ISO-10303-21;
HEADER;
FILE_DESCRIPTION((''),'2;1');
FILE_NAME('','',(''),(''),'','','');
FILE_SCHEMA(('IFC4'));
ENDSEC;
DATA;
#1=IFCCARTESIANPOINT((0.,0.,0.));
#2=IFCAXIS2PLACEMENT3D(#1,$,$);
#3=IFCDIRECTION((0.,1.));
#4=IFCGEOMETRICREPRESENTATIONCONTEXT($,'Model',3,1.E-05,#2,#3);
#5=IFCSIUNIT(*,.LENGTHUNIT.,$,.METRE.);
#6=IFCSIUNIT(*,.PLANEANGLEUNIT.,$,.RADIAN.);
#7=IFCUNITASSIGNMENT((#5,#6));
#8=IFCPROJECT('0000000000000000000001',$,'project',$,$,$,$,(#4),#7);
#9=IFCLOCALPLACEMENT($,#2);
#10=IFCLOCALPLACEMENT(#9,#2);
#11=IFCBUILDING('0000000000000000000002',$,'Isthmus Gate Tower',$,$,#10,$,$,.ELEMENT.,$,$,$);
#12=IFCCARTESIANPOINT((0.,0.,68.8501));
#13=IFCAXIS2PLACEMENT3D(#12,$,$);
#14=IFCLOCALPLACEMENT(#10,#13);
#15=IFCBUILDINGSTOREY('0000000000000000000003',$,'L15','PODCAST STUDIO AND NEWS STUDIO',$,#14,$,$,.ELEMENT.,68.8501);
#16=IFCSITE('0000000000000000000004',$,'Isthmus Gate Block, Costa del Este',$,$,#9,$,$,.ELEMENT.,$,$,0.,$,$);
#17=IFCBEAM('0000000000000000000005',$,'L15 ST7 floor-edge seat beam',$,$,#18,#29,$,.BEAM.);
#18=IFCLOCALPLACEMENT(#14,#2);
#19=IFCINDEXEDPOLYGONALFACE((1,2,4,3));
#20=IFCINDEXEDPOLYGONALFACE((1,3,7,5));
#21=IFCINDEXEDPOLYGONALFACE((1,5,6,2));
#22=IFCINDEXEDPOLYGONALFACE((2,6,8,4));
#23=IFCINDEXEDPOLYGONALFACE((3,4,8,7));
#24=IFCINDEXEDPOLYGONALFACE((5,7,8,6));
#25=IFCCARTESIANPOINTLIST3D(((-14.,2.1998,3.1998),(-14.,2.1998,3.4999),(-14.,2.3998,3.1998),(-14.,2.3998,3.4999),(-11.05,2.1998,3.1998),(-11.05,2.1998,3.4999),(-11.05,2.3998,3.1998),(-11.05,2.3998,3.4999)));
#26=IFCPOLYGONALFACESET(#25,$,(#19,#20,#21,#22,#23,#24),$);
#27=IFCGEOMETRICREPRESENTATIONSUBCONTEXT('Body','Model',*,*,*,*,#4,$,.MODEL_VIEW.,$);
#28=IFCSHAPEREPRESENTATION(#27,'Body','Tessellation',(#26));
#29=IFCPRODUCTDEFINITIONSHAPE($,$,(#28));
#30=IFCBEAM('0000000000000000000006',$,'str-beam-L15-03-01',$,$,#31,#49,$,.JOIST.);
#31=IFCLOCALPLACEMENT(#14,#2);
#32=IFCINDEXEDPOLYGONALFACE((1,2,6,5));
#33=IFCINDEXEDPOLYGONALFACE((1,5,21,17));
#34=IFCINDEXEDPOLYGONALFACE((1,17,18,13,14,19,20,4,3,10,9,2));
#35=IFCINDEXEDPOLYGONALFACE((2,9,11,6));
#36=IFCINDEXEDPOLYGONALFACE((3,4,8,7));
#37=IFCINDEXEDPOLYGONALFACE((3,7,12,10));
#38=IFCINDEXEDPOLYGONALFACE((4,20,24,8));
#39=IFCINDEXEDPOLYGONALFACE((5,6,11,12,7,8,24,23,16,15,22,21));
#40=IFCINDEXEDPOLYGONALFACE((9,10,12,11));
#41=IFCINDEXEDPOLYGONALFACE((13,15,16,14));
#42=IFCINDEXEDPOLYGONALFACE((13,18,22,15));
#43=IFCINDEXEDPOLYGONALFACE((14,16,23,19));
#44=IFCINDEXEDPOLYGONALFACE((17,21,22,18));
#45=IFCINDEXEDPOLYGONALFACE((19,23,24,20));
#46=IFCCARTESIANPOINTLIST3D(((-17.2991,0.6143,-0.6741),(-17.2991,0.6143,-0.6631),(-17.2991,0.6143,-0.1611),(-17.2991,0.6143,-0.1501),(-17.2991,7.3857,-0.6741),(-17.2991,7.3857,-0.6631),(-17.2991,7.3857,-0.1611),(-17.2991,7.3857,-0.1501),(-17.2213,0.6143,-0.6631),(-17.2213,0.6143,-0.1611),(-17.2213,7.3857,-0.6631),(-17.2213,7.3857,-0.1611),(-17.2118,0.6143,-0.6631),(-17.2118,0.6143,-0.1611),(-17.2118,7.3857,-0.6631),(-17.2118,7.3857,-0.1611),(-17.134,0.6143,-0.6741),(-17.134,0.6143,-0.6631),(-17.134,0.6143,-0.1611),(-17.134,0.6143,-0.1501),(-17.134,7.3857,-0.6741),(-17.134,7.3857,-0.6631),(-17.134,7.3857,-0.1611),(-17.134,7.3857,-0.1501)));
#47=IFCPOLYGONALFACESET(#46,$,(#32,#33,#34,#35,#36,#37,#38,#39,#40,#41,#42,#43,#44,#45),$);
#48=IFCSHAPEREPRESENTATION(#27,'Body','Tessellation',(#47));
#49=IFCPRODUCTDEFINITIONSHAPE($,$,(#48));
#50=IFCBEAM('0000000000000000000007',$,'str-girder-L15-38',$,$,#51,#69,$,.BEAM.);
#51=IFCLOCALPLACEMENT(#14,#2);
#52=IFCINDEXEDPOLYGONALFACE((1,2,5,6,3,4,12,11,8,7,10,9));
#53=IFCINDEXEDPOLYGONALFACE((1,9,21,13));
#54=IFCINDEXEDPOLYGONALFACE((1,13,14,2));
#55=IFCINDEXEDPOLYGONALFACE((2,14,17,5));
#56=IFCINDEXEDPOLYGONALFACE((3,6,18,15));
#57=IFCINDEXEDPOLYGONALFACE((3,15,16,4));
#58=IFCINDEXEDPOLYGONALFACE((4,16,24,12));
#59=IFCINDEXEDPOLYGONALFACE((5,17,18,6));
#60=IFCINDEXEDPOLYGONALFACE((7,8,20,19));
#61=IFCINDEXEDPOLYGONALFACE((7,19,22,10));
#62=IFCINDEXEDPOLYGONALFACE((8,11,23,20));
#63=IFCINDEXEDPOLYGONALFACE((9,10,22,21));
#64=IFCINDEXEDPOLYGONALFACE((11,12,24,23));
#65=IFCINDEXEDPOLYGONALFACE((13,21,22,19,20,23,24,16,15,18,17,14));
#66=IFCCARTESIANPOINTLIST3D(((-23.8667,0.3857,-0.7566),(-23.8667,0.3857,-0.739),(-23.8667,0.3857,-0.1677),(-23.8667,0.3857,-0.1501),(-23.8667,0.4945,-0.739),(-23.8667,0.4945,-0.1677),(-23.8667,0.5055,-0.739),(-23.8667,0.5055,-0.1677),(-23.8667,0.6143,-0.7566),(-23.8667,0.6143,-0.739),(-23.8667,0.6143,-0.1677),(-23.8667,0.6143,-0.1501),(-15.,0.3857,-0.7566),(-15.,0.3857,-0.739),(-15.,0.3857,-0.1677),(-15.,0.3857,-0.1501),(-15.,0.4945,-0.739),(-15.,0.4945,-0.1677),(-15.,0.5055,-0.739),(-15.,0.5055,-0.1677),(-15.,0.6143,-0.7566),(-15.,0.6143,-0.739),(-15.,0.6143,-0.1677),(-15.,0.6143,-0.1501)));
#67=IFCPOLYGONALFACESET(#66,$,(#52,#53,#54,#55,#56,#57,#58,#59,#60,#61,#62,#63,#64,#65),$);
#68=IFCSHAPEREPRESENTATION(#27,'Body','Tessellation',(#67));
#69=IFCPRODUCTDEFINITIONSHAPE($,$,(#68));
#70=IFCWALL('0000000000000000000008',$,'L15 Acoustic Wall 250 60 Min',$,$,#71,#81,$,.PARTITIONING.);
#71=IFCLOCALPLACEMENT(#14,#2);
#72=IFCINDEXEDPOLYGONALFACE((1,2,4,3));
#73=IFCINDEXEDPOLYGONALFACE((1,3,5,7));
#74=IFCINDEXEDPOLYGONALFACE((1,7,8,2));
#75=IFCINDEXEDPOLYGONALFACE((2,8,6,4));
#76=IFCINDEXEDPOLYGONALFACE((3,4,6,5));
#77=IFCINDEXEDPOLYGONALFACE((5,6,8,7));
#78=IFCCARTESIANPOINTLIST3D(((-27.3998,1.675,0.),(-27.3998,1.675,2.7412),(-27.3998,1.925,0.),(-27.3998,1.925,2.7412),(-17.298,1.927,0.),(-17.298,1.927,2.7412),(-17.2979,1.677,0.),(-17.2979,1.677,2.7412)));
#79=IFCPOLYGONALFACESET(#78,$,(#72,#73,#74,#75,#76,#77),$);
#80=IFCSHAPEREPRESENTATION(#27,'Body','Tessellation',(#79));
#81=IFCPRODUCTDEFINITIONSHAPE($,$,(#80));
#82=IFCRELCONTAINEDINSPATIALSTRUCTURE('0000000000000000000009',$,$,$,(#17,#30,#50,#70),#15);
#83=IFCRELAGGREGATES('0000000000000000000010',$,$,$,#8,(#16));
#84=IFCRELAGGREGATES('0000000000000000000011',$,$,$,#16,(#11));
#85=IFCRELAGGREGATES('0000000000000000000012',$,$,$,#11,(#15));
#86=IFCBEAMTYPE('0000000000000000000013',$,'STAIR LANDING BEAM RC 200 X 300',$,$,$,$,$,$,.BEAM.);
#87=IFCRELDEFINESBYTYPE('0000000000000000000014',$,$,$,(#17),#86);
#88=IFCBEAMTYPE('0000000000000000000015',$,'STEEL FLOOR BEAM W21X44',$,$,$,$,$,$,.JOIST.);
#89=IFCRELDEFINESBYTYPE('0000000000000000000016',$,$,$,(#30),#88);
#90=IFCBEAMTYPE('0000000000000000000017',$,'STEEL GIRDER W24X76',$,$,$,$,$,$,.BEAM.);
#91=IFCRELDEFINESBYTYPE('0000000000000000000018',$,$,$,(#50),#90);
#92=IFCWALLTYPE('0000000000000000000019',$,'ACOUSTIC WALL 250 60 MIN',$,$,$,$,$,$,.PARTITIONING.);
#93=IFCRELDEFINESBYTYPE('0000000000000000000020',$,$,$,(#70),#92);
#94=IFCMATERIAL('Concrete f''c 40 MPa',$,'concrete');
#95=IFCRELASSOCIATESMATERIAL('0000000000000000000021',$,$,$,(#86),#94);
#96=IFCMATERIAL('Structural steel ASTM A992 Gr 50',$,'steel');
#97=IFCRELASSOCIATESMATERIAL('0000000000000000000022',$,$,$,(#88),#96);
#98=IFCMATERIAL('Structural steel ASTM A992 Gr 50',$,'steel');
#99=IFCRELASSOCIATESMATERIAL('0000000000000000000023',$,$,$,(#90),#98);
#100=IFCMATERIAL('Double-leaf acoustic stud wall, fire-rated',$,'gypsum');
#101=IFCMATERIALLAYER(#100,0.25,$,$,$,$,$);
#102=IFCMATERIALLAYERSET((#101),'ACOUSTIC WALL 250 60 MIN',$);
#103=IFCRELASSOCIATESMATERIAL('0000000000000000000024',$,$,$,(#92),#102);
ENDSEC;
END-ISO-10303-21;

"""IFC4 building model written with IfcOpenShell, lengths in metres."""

from ifc_helpers import new_model, si_unit, direction, frame, frame_2d, origin, origin_2d, place, context, subcontext, project, spatial, rectangle, i_section, extrude, material, layer, layer_set, material_profile, profile_set, type_object, element, save


model = new_model("IFC4")

# Units and contexts
model_context = context("Model", 3, precision=1e-05, world=origin(), true_north=direction((0.0, 1.0)))
body_context = subcontext(model_context, "Body", "Model", "MODEL_VIEW")
ifc_project = project(units=[si_unit("LENGTHUNIT", "METRE"), si_unit("PLANEANGLEUNIT", "RADIAN")], contexts=[model_context])

# Site, building, storey
site_placement = place(None, origin())
site = spatial("IfcSite", under=ifc_project, at=site_placement, Name="Isthmus Gate Block, Costa del Este", CompositionType="ELEMENT", RefElevation=0.0)
building_placement = place(site_placement, origin())
building = spatial("IfcBuilding", under=site, at=building_placement, Name="Isthmus Gate Tower", CompositionType="ELEMENT")
storey_placement = place(building_placement, frame((0.0, 0.0, 68.8501)))
storey = spatial("IfcBuildingStorey", under=building, at=storey_placement, Name="L15", Description="PODCAST STUDIO AND NEWS STUDIO", CompositionType="ELEMENT", Elevation=68.8501)

# Beams
ifc_material_1 = material(Name="Concrete f'c 40 MPa", Category="concrete")
ifc_material_profile_1 = material_profile(ifc_material_1, rectangle(XDim=0.2, YDim=0.3, at=origin_2d()), Name="STAIR LANDING BEAM RC 200 X 300")
ifc_profile_set_1 = profile_set([ifc_material_profile_1], Name="Concrete f'c 40 MPa")
beam_type_1 = type_object("IfcBeamType", Name="STAIR LANDING BEAM RC 200 X 300", PredefinedType="BEAM", material=ifc_profile_set_1)
beam_1_placement = place(storey_placement, frame((-14.0, 2.2998, 3.3499), z_axis=(1.0, 0.0, 0.0), x_axis=(0.0, 1.0, 0.0)))
element("IfcBeam", 1, at=beam_1_placement, inside=storey, type_object=beam_type_1, Name="L15 ST7 floor-edge seat beam", PredefinedType="BEAM", context=body_context, shape_type="SweptSolid", body=[
    extrude(rectangle(XDim=0.2, YDim=0.3, at=origin_2d()), origin(), (0.0, 0.0, 1.0), 2.95),
])
ifc_material_2 = material(Name="Structural steel ASTM A992 Gr 50", Category="steel")
ifc_material_profile_2 = material_profile(ifc_material_2, i_section(OverallWidth=0.165, OverallDepth=0.5239, WebThickness=0.0095, FlangeThickness=0.011, at=origin_2d()), Name="W21X44")
ifc_profile_set_2 = profile_set([ifc_material_profile_2], Name="Structural steel ASTM A992 Gr 50")
beam_type_2 = type_object("IfcBeamType", Name="STEEL FLOOR BEAM W21X44", PredefinedType="JOIST", material=ifc_profile_set_2)
beam_2_placement = place(storey_placement, frame((-17.2166, 0.6143, -0.4121), z_axis=(0.0, 1.0, 0.0), x_axis=(-1.0, 0.0, 0.0)))
element("IfcBeam", 2, at=beam_2_placement, inside=storey, type_object=beam_type_2, Name="str-beam-L15-03-01", PredefinedType="JOIST", context=body_context, shape_type="SweptSolid", body=[
    extrude(i_section(OverallWidth=0.165, OverallDepth=0.5239, WebThickness=0.0095, FlangeThickness=0.011, at=origin_2d()), origin(), (0.0, 0.0, 1.0), 6.7715),
])
ifc_material_3 = material(Name="Structural steel ASTM A992 Gr 50", Category="steel")
ifc_material_profile_3 = material_profile(ifc_material_3, i_section(OverallWidth=0.2285, OverallDepth=0.6064, WebThickness=0.011, FlangeThickness=0.0176, at=origin_2d()), Name="W24X76")
ifc_profile_set_3 = profile_set([ifc_material_profile_3], Name="Structural steel ASTM A992 Gr 50")
beam_type_3 = type_object("IfcBeamType", Name="STEEL GIRDER W24X76", PredefinedType="BEAM", material=ifc_profile_set_3)
beam_3_placement = place(storey_placement, frame((-15.0, 0.5, -0.4534), z_axis=(-1.0, 0.0, 0.0), x_axis=(0.0, -1.0, 0.0)))
element("IfcBeam", 3, at=beam_3_placement, inside=storey, type_object=beam_type_3, Name="str-girder-L15-38", PredefinedType="BEAM", context=body_context, shape_type="SweptSolid", body=[
    extrude(i_section(OverallWidth=0.2285, OverallDepth=0.6064, WebThickness=0.011, FlangeThickness=0.0176, at=origin_2d()), origin(), (0.0, 0.0, 1.0), 8.8667),
])

# Wall
ifc_material_4 = material(Name="Double-leaf acoustic stud wall, fire-rated", Category="gypsum")
ifc_layer_1 = layer(ifc_material_4, 0.25)
ifc_layer_set_1 = layer_set([ifc_layer_1], Name="ACOUSTIC WALL 250 60 MIN")
wall_type_1 = type_object("IfcWallType", Name="ACOUSTIC WALL 250 60 MIN", PredefinedType="PARTITIONING", material=ifc_layer_set_1)
wall_1_placement = place(storey_placement, frame((-17.2981, 1.802, 0.0), z_axis=(0.0, 0.0, 1.0), x_axis=(-1.0, -0.000193, 0.0)))
element("IfcWall", 4, at=wall_1_placement, inside=storey, type_object=wall_type_1, Name="L15 Acoustic Wall 250 60 Min", PredefinedType="PARTITIONING", context=body_context, shape_type="SweptSolid", body=[
    extrude(rectangle(XDim=10.1018, YDim=0.25, at=frame_2d((5.0508, 0.0))), origin(), (0.0, 0.0, 1.0), 2.7412),
])

save(model, "model.ifc")
